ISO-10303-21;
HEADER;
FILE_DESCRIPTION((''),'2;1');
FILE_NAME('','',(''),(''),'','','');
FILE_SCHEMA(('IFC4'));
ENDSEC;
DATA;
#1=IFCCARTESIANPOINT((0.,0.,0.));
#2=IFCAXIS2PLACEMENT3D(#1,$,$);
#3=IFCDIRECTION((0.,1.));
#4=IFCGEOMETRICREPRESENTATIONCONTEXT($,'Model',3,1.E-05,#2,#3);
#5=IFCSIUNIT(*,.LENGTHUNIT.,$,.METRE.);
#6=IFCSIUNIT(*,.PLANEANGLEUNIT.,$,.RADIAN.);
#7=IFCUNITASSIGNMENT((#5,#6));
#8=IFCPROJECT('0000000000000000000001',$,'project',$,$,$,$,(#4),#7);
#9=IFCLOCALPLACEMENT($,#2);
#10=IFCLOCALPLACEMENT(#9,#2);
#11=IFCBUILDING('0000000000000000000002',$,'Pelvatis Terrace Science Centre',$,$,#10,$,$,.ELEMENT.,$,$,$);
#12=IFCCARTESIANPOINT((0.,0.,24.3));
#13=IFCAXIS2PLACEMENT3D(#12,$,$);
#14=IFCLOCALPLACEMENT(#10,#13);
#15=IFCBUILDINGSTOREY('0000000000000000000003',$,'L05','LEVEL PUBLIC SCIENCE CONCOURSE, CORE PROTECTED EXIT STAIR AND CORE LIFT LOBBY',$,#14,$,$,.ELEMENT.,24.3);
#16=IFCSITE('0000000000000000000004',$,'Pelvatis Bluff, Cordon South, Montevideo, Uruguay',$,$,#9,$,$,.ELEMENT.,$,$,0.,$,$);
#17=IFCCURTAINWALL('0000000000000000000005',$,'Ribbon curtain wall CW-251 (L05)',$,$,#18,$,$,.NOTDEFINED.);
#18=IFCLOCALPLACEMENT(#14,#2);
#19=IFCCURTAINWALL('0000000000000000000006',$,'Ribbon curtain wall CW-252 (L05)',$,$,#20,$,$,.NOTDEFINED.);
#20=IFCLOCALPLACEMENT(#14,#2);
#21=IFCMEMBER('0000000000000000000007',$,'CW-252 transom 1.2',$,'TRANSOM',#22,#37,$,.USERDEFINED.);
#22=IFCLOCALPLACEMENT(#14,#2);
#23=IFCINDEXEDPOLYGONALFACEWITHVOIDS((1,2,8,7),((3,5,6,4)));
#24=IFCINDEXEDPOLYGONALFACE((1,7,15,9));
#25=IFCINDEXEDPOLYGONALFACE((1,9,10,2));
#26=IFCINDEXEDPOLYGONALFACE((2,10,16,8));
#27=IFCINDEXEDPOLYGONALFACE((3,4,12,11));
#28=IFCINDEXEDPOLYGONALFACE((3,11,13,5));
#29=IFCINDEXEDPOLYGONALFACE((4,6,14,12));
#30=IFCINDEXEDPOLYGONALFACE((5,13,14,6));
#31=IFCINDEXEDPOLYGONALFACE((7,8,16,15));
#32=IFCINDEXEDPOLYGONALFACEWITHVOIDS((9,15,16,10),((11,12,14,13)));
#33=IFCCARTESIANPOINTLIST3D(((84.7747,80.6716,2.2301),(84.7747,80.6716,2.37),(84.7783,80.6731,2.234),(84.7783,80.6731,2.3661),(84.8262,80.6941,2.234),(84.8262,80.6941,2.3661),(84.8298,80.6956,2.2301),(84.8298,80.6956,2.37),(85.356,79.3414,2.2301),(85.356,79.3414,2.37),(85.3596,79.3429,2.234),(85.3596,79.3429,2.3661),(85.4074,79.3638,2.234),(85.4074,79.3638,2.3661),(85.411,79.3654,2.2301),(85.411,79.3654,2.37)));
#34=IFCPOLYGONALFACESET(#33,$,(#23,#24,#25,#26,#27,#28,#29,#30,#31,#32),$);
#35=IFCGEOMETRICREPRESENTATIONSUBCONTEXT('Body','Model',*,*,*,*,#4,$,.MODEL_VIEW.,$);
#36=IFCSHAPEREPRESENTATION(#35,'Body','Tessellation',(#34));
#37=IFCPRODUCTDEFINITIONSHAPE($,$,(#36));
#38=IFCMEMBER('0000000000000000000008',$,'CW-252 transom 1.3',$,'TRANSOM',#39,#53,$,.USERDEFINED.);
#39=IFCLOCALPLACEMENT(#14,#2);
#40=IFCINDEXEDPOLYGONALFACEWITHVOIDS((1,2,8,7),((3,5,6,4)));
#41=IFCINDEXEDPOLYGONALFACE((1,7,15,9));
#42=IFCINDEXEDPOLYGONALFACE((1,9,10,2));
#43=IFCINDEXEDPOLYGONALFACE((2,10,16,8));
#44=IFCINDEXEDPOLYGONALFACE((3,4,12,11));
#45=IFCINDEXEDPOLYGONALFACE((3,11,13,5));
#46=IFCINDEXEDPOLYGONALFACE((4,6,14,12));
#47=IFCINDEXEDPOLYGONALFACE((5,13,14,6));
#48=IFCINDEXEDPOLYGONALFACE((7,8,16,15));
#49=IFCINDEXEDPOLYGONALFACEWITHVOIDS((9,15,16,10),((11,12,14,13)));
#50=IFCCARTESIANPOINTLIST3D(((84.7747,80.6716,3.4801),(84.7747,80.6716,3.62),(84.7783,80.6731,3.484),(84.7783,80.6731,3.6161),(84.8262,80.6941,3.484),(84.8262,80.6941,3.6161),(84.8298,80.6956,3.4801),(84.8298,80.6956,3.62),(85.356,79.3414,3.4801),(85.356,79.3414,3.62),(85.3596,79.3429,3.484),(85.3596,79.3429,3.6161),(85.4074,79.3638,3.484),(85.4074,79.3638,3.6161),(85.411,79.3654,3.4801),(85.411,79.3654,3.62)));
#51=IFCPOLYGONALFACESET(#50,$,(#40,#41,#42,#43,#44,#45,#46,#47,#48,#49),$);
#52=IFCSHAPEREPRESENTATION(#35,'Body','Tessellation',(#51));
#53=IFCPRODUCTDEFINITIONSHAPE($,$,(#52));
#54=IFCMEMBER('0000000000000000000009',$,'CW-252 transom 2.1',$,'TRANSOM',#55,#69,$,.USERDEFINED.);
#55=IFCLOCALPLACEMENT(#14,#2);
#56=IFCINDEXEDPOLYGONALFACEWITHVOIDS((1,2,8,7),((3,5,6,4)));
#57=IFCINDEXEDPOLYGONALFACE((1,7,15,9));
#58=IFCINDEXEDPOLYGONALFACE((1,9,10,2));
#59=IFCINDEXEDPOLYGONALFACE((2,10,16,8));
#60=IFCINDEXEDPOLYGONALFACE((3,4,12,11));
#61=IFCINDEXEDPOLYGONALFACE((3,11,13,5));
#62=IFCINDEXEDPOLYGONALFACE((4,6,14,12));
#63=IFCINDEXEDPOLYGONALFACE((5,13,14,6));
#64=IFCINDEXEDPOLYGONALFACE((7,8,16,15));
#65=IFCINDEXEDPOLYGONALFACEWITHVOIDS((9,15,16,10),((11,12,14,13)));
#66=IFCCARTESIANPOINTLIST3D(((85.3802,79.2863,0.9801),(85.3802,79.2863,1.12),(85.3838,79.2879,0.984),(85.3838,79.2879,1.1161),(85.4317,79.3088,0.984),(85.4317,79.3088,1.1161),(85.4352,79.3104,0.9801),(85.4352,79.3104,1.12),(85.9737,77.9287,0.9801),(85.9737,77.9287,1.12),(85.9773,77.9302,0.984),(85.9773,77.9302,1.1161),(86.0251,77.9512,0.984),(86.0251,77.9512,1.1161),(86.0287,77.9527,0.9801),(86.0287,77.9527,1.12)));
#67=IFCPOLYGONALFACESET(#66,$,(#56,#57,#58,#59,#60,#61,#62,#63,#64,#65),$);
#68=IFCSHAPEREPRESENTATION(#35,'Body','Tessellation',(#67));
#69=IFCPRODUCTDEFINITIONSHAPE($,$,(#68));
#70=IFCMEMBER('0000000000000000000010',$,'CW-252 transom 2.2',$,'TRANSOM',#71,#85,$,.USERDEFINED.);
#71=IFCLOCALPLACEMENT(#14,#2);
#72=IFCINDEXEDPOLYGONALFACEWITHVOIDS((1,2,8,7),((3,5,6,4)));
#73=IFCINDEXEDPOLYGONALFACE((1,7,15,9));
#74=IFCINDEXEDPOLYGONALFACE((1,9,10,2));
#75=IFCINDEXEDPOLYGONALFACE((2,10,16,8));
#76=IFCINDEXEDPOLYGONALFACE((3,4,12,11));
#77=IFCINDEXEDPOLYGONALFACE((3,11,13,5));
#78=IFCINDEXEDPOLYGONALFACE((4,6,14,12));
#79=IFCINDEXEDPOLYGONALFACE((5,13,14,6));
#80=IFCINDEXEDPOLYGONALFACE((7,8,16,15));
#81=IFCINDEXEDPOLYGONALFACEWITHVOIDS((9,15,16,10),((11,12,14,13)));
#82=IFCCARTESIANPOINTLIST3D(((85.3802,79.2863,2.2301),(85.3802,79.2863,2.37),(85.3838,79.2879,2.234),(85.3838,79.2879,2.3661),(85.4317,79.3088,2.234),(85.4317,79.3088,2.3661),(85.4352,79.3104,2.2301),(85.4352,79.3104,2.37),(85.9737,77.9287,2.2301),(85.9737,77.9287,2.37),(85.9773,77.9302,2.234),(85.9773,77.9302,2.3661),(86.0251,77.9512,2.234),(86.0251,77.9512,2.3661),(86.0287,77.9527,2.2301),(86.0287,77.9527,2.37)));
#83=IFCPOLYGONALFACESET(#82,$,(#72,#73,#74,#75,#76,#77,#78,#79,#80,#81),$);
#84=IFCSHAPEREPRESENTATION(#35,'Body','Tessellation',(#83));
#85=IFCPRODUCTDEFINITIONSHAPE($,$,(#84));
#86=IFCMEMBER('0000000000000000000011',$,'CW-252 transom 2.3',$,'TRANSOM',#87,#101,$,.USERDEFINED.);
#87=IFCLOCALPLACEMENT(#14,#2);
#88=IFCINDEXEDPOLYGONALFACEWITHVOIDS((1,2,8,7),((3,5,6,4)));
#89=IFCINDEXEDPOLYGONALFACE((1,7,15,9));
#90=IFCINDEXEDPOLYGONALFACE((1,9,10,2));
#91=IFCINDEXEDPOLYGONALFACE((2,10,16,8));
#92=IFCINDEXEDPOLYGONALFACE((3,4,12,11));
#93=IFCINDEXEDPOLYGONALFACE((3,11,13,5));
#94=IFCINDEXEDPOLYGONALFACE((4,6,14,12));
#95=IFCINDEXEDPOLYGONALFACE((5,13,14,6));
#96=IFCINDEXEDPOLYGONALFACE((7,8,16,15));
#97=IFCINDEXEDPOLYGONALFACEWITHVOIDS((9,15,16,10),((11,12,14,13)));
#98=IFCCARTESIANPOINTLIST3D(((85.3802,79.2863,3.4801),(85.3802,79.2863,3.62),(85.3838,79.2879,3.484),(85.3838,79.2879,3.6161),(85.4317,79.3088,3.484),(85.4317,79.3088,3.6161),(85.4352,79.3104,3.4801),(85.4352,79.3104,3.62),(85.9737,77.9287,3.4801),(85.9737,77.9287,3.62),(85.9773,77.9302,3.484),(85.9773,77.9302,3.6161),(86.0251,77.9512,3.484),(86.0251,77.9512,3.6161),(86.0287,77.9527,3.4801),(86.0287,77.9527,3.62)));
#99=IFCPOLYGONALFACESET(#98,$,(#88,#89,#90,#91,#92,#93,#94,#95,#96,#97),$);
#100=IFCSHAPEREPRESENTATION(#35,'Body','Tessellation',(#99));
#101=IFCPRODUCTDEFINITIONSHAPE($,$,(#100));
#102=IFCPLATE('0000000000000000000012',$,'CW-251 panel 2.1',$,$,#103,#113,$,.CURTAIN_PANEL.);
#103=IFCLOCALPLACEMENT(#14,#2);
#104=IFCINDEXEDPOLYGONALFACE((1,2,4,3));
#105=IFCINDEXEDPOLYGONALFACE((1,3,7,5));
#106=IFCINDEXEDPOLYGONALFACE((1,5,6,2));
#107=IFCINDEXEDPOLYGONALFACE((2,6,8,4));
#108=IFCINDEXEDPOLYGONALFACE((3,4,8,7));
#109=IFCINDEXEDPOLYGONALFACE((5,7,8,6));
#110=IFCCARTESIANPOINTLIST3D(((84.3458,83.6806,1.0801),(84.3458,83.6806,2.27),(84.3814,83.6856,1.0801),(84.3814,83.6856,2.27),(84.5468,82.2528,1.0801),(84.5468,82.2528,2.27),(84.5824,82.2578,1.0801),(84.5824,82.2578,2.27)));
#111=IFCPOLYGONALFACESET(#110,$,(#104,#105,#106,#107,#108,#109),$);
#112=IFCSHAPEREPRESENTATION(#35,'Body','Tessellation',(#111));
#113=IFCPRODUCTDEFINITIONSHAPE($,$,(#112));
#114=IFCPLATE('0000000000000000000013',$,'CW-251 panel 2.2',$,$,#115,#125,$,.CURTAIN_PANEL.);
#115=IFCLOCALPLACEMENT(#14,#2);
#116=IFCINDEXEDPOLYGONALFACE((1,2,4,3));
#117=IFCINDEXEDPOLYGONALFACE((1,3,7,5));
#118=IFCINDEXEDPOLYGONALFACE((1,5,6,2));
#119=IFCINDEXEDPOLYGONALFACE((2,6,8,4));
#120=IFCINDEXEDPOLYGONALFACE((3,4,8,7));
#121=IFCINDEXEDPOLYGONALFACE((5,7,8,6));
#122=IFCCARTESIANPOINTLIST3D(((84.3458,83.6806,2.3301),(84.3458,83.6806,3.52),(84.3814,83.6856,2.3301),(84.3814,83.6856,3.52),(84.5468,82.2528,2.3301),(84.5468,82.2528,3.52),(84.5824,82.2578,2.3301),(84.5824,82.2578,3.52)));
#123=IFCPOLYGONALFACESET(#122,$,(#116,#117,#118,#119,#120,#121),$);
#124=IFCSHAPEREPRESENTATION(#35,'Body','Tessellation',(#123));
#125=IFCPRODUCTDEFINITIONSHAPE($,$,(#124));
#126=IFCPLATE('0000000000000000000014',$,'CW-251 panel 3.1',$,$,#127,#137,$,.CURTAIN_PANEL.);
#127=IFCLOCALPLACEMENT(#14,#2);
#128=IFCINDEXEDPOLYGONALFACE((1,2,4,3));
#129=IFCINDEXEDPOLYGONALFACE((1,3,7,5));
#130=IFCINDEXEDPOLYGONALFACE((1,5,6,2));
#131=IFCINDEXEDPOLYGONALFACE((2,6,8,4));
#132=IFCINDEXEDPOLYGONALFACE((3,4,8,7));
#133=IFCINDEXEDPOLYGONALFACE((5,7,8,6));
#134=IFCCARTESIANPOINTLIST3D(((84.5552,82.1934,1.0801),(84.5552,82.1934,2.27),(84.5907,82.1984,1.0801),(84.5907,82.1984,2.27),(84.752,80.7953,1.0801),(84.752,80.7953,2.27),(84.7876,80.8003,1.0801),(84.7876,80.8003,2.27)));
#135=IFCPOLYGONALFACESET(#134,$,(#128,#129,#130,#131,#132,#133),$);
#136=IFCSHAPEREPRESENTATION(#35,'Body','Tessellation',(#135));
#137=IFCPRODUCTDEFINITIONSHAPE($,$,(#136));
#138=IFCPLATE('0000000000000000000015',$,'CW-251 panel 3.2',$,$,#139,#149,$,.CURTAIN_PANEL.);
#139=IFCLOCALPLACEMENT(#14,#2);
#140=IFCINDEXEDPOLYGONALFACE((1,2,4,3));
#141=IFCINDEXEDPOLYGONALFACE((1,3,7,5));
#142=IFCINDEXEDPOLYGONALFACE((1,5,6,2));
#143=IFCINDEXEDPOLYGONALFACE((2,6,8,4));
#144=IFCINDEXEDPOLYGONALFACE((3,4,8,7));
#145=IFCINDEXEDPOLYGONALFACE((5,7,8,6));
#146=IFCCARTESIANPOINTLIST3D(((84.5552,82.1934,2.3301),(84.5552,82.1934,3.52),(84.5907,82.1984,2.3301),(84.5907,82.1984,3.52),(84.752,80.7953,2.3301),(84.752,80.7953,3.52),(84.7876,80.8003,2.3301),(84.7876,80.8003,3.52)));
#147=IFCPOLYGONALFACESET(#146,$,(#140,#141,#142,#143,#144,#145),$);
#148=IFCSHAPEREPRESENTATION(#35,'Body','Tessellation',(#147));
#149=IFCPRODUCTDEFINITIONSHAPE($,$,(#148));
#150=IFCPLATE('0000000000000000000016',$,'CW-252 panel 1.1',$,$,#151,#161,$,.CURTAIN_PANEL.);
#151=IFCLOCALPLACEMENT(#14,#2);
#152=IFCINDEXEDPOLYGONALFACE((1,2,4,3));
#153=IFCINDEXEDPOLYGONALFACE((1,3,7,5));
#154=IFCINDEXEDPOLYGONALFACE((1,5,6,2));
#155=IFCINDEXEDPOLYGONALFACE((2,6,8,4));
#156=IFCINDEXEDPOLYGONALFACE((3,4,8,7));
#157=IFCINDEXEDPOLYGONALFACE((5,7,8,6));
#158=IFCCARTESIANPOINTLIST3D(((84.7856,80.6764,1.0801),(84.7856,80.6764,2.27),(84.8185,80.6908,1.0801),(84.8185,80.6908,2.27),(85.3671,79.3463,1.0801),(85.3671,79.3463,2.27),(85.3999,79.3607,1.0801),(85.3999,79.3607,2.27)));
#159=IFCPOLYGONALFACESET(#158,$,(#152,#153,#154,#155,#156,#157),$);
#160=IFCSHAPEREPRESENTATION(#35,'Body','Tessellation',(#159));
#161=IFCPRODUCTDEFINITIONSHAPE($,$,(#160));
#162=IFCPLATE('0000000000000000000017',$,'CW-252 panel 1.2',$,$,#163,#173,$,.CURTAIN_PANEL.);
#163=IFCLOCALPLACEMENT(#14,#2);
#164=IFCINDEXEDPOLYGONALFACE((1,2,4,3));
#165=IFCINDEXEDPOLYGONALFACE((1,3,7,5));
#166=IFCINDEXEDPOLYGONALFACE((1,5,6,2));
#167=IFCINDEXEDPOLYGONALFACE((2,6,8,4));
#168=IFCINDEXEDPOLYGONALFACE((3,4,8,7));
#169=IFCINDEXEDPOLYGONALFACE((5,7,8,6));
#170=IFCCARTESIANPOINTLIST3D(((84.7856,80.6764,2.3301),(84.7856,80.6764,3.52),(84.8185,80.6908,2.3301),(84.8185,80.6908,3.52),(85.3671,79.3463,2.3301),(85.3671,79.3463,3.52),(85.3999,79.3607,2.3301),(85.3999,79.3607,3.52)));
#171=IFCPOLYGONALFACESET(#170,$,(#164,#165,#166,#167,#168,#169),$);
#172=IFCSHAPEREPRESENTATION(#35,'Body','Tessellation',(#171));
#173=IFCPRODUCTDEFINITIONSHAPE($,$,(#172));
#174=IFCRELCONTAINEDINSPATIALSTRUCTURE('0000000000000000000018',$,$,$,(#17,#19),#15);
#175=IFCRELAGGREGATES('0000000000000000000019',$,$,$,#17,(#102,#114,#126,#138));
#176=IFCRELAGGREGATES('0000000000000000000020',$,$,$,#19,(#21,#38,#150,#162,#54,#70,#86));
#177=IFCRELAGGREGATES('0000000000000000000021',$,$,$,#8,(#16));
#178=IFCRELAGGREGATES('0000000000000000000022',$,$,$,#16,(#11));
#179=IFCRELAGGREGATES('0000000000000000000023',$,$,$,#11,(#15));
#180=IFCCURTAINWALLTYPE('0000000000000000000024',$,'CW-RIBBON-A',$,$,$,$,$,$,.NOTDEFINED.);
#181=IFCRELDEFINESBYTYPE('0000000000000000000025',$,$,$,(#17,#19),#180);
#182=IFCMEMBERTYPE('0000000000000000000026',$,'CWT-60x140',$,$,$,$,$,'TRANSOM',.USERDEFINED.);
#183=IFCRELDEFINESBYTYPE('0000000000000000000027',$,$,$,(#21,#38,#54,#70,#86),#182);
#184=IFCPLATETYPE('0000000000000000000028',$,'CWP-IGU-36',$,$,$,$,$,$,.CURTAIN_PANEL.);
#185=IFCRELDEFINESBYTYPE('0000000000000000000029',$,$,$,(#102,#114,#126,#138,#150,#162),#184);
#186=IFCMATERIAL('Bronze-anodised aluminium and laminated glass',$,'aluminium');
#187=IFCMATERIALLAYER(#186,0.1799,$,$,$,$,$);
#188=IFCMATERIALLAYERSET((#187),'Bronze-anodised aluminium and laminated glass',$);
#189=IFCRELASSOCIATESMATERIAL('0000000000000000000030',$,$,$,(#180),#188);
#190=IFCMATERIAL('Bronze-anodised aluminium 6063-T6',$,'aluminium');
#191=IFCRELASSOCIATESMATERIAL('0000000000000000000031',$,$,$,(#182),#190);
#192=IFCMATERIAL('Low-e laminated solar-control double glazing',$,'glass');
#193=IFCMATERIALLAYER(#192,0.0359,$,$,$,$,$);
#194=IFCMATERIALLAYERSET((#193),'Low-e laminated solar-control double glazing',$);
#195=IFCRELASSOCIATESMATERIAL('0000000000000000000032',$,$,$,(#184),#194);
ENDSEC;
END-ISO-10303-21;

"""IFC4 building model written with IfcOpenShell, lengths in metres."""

from ifc_helpers import new_model, si_unit, direction, frame, origin, origin_2d, place, context, subcontext, project, spatial, rectangle, hollow_rectangle, extrude, material, layer, layer_set, material_profile, profile_set, type_object, element, aggregate, save


model = new_model("IFC4")

# Units and contexts
model_context = context("Model", 3, precision=1e-05, world=origin(), true_north=direction((0.0, 1.0)))
body_context = subcontext(model_context, "Body", "Model", "MODEL_VIEW")
ifc_project = project(units=[si_unit("LENGTHUNIT", "METRE"), si_unit("PLANEANGLEUNIT", "RADIAN")], contexts=[model_context])

# Site, building, storey
site_placement = place(None, origin())
site = spatial("IfcSite", under=ifc_project, at=site_placement, Name="Pelvatis Bluff, Cordon South, Montevideo, Uruguay", CompositionType="ELEMENT", RefElevation=0.0)
building_placement = place(site_placement, origin())
building = spatial("IfcBuilding", under=site, at=building_placement, Name="Pelvatis Terrace Science Centre", CompositionType="ELEMENT")
storey_placement = place(building_placement, frame((0.0, 0.0, 24.3)))
storey = spatial("IfcBuildingStorey", under=building, at=storey_placement, Name="L05", Description="LEVEL PUBLIC SCIENCE CONCOURSE, CORE PROTECTED EXIT STAIR AND CORE LIFT LOBBY", CompositionType="ELEMENT", Elevation=24.3)

# Curtain walls
ifc_material_1 = material(Name="Bronze-anodised aluminium and laminated glass", Category="aluminium")
ifc_layer_1 = layer(ifc_material_1, 0.1799)
ifc_layer_set_1 = layer_set([ifc_layer_1], Name="Bronze-anodised aluminium and laminated glass")
curtain_wall_type = type_object("IfcCurtainWallType", Name="CW-RIBBON-A", PredefinedType="NOTDEFINED", material=ifc_layer_set_1)
curtain_wall_1_placement = place(storey_placement, origin())
curtain_wall_1 = element("IfcCurtainWall", 1, at=curtain_wall_1_placement, inside=storey, type_object=curtain_wall_type, Name="Ribbon curtain wall CW-251 (L05)", PredefinedType="NOTDEFINED")
curtain_wall_2_placement = place(storey_placement, origin())
curtain_wall_2 = element("IfcCurtainWall", 2, at=curtain_wall_2_placement, inside=storey, type_object=curtain_wall_type, Name="Ribbon curtain wall CW-252 (L05)", PredefinedType="NOTDEFINED")

# Members
ifc_material_2 = material(Name="Bronze-anodised aluminium 6063-T6", Category="aluminium")
ifc_material_profile_1 = material_profile(ifc_material_2, hollow_rectangle(XDim=0.0601, YDim=0.1399, WallThickness=0.0039, at=origin_2d()), Name="ALU-TRN 60x140")
ifc_profile_set_1 = profile_set([ifc_material_profile_1], Name="Bronze-anodised aluminium 6063-T6")
member_type_1 = type_object("IfcMemberType", Name="CWT-60x140", ElementType="TRANSOM", PredefinedType="USERDEFINED", material=ifc_profile_set_1)
member_1_placement = place(storey_placement, frame((84.8022, 80.6836, 2.3), z_axis=(0.400404, -0.916339, 0.0), x_axis=(0.916339, 0.400404, 0.0)))
member_1 = element("IfcMember", 3, at=member_1_placement, type_object=member_type_1, Name="CW-252 transom 1.2", ObjectType="TRANSOM", PredefinedType="USERDEFINED", context=body_context, shape_type="SweptSolid", body=[
    extrude(hollow_rectangle(XDim=0.0601, YDim=0.1399, WallThickness=0.0039, at=origin_2d()), origin(), (0.0, 0.0, 1.0), 1.4517),
])
member_2_placement = place(storey_placement, frame((84.8022, 80.6836, 3.55), z_axis=(0.400404, -0.916339, 0.0), x_axis=(0.916339, 0.400404, 0.0)))
member_2 = element("IfcMember", 4, at=member_2_placement, type_object=member_type_1, Name="CW-252 transom 1.3", ObjectType="TRANSOM", PredefinedType="USERDEFINED", context=body_context, shape_type="SweptSolid", body=[
    extrude(hollow_rectangle(XDim=0.0601, YDim=0.1399, WallThickness=0.0039, at=origin_2d()), origin(), (0.0, 0.0, 1.0), 1.4517),
])
member_3_placement = place(storey_placement, frame((85.4077, 79.2983, 1.05), z_axis=(0.400551, -0.916275, 0.0), x_axis=(0.916275, 0.400551, 0.0)))
member_3 = element("IfcMember", 5, at=member_3_placement, type_object=member_type_1, Name="CW-252 transom 2.1", ObjectType="TRANSOM", PredefinedType="USERDEFINED", context=body_context, shape_type="SweptSolid", body=[
    extrude(hollow_rectangle(XDim=0.0601, YDim=0.1399, WallThickness=0.0039, at=origin_2d()), origin(), (0.0, 0.0, 1.0), 1.4817),
])
member_4_placement = place(storey_placement, frame((85.4077, 79.2983, 2.3), z_axis=(0.400551, -0.916275, 0.0), x_axis=(0.916275, 0.400551, 0.0)))
member_4 = element("IfcMember", 6, at=member_4_placement, type_object=member_type_1, Name="CW-252 transom 2.2", ObjectType="TRANSOM", PredefinedType="USERDEFINED", context=body_context, shape_type="SweptSolid", body=[
    extrude(hollow_rectangle(XDim=0.0601, YDim=0.1399, WallThickness=0.0039, at=origin_2d()), origin(), (0.0, 0.0, 1.0), 1.4817),
])
member_5_placement = place(storey_placement, frame((85.4077, 79.2983, 3.55), z_axis=(0.400551, -0.916275, 0.0), x_axis=(0.916275, 0.400551, 0.0)))
member_5 = element("IfcMember", 7, at=member_5_placement, type_object=member_type_1, Name="CW-252 transom 2.3", ObjectType="TRANSOM", PredefinedType="USERDEFINED", context=body_context, shape_type="SweptSolid", body=[
    extrude(hollow_rectangle(XDim=0.0601, YDim=0.1399, WallThickness=0.0039, at=origin_2d()), origin(), (0.0, 0.0, 1.0), 1.4817),
])

# Plates
ifc_material_3 = material(Name="Low-e laminated solar-control double glazing", Category="glass")
ifc_layer_2 = layer(ifc_material_3, 0.0359)
ifc_layer_set_2 = layer_set([ifc_layer_2], Name="Low-e laminated solar-control double glazing")
plate_type = type_object("IfcPlateType", Name="CWP-IGU-36", PredefinedType="CURTAIN_PANEL", material=ifc_layer_set_2)
plate_1_placement = place(storey_placement, frame((84.4641, 82.9692, 1.0801), z_axis=(0.0, 0.0, 1.0), x_axis=(0.139408, -0.990235, 0.0)))
plate_1 = element("IfcPlate", 8, at=plate_1_placement, type_object=plate_type, Name="CW-251 panel 2.1", PredefinedType="CURTAIN_PANEL", context=body_context, shape_type="SweptSolid", body=[
    extrude(rectangle(XDim=1.4419, YDim=0.0359, at=origin_2d()), origin(), (0.0, 0.0, 1.0), 1.1899),
])
plate_2_placement = place(storey_placement, frame((84.4641, 82.9692, 2.3301), z_axis=(0.0, 0.0, 1.0), x_axis=(0.139408, -0.990235, 0.0)))
plate_2 = element("IfcPlate", 9, at=plate_2_placement, type_object=plate_type, Name="CW-251 panel 2.2", PredefinedType="CURTAIN_PANEL", context=body_context, shape_type="SweptSolid", body=[
    extrude(rectangle(XDim=1.4419, YDim=0.0359, at=origin_2d()), origin(), (0.0, 0.0, 1.0), 1.1899),
])
plate_3_placement = place(storey_placement, frame((84.6714, 81.4968, 1.0801), z_axis=(0.0, 0.0, 1.0), x_axis=(0.139408, -0.990235, 0.0)))
plate_3 = element("IfcPlate", 10, at=plate_3_placement, type_object=plate_type, Name="CW-251 panel 3.1", PredefinedType="CURTAIN_PANEL", context=body_context, shape_type="SweptSolid", body=[
    extrude(rectangle(XDim=1.4119, YDim=0.0359, at=origin_2d()), origin(), (0.0, 0.0, 1.0), 1.1899),
])
plate_4_placement = place(storey_placement, frame((84.6714, 81.4968, 2.3301), z_axis=(0.0, 0.0, 1.0), x_axis=(0.139408, -0.990235, 0.0)))
plate_4 = element("IfcPlate", 11, at=plate_4_placement, type_object=plate_type, Name="CW-251 panel 3.2", PredefinedType="CURTAIN_PANEL", context=body_context, shape_type="SweptSolid", body=[
    extrude(rectangle(XDim=1.4119, YDim=0.0359, at=origin_2d()), origin(), (0.0, 0.0, 1.0), 1.1899),
])
aggregate(curtain_wall_1, [plate_1, plate_2, plate_3, plate_4])
plate_5_placement = place(storey_placement, frame((85.0928, 80.0186, 1.0801), z_axis=(0.0, 0.0, 1.0), x_axis=(0.40055, -0.916275, 0.0)))
plate_5 = element("IfcPlate", 12, at=plate_5_placement, type_object=plate_type, Name="CW-252 panel 1.1", PredefinedType="CURTAIN_PANEL", context=body_context, shape_type="SweptSolid", body=[
    extrude(rectangle(XDim=1.4517, YDim=0.0359, at=origin_2d()), origin(), (0.0, 0.0, 1.0), 1.1899),
])
plate_6_placement = place(storey_placement, frame((85.0928, 80.0186, 2.3301), z_axis=(0.0, 0.0, 1.0), x_axis=(0.40055, -0.916275, 0.0)))
plate_6 = element("IfcPlate", 13, at=plate_6_placement, type_object=plate_type, Name="CW-252 panel 1.2", PredefinedType="CURTAIN_PANEL", context=body_context, shape_type="SweptSolid", body=[
    extrude(rectangle(XDim=1.4517, YDim=0.0359, at=origin_2d()), origin(), (0.0, 0.0, 1.0), 1.1899),
])
aggregate(curtain_wall_2, [member_1, member_2, plate_5, plate_6, member_3, member_4, member_5])

save(model, "model.ifc")
